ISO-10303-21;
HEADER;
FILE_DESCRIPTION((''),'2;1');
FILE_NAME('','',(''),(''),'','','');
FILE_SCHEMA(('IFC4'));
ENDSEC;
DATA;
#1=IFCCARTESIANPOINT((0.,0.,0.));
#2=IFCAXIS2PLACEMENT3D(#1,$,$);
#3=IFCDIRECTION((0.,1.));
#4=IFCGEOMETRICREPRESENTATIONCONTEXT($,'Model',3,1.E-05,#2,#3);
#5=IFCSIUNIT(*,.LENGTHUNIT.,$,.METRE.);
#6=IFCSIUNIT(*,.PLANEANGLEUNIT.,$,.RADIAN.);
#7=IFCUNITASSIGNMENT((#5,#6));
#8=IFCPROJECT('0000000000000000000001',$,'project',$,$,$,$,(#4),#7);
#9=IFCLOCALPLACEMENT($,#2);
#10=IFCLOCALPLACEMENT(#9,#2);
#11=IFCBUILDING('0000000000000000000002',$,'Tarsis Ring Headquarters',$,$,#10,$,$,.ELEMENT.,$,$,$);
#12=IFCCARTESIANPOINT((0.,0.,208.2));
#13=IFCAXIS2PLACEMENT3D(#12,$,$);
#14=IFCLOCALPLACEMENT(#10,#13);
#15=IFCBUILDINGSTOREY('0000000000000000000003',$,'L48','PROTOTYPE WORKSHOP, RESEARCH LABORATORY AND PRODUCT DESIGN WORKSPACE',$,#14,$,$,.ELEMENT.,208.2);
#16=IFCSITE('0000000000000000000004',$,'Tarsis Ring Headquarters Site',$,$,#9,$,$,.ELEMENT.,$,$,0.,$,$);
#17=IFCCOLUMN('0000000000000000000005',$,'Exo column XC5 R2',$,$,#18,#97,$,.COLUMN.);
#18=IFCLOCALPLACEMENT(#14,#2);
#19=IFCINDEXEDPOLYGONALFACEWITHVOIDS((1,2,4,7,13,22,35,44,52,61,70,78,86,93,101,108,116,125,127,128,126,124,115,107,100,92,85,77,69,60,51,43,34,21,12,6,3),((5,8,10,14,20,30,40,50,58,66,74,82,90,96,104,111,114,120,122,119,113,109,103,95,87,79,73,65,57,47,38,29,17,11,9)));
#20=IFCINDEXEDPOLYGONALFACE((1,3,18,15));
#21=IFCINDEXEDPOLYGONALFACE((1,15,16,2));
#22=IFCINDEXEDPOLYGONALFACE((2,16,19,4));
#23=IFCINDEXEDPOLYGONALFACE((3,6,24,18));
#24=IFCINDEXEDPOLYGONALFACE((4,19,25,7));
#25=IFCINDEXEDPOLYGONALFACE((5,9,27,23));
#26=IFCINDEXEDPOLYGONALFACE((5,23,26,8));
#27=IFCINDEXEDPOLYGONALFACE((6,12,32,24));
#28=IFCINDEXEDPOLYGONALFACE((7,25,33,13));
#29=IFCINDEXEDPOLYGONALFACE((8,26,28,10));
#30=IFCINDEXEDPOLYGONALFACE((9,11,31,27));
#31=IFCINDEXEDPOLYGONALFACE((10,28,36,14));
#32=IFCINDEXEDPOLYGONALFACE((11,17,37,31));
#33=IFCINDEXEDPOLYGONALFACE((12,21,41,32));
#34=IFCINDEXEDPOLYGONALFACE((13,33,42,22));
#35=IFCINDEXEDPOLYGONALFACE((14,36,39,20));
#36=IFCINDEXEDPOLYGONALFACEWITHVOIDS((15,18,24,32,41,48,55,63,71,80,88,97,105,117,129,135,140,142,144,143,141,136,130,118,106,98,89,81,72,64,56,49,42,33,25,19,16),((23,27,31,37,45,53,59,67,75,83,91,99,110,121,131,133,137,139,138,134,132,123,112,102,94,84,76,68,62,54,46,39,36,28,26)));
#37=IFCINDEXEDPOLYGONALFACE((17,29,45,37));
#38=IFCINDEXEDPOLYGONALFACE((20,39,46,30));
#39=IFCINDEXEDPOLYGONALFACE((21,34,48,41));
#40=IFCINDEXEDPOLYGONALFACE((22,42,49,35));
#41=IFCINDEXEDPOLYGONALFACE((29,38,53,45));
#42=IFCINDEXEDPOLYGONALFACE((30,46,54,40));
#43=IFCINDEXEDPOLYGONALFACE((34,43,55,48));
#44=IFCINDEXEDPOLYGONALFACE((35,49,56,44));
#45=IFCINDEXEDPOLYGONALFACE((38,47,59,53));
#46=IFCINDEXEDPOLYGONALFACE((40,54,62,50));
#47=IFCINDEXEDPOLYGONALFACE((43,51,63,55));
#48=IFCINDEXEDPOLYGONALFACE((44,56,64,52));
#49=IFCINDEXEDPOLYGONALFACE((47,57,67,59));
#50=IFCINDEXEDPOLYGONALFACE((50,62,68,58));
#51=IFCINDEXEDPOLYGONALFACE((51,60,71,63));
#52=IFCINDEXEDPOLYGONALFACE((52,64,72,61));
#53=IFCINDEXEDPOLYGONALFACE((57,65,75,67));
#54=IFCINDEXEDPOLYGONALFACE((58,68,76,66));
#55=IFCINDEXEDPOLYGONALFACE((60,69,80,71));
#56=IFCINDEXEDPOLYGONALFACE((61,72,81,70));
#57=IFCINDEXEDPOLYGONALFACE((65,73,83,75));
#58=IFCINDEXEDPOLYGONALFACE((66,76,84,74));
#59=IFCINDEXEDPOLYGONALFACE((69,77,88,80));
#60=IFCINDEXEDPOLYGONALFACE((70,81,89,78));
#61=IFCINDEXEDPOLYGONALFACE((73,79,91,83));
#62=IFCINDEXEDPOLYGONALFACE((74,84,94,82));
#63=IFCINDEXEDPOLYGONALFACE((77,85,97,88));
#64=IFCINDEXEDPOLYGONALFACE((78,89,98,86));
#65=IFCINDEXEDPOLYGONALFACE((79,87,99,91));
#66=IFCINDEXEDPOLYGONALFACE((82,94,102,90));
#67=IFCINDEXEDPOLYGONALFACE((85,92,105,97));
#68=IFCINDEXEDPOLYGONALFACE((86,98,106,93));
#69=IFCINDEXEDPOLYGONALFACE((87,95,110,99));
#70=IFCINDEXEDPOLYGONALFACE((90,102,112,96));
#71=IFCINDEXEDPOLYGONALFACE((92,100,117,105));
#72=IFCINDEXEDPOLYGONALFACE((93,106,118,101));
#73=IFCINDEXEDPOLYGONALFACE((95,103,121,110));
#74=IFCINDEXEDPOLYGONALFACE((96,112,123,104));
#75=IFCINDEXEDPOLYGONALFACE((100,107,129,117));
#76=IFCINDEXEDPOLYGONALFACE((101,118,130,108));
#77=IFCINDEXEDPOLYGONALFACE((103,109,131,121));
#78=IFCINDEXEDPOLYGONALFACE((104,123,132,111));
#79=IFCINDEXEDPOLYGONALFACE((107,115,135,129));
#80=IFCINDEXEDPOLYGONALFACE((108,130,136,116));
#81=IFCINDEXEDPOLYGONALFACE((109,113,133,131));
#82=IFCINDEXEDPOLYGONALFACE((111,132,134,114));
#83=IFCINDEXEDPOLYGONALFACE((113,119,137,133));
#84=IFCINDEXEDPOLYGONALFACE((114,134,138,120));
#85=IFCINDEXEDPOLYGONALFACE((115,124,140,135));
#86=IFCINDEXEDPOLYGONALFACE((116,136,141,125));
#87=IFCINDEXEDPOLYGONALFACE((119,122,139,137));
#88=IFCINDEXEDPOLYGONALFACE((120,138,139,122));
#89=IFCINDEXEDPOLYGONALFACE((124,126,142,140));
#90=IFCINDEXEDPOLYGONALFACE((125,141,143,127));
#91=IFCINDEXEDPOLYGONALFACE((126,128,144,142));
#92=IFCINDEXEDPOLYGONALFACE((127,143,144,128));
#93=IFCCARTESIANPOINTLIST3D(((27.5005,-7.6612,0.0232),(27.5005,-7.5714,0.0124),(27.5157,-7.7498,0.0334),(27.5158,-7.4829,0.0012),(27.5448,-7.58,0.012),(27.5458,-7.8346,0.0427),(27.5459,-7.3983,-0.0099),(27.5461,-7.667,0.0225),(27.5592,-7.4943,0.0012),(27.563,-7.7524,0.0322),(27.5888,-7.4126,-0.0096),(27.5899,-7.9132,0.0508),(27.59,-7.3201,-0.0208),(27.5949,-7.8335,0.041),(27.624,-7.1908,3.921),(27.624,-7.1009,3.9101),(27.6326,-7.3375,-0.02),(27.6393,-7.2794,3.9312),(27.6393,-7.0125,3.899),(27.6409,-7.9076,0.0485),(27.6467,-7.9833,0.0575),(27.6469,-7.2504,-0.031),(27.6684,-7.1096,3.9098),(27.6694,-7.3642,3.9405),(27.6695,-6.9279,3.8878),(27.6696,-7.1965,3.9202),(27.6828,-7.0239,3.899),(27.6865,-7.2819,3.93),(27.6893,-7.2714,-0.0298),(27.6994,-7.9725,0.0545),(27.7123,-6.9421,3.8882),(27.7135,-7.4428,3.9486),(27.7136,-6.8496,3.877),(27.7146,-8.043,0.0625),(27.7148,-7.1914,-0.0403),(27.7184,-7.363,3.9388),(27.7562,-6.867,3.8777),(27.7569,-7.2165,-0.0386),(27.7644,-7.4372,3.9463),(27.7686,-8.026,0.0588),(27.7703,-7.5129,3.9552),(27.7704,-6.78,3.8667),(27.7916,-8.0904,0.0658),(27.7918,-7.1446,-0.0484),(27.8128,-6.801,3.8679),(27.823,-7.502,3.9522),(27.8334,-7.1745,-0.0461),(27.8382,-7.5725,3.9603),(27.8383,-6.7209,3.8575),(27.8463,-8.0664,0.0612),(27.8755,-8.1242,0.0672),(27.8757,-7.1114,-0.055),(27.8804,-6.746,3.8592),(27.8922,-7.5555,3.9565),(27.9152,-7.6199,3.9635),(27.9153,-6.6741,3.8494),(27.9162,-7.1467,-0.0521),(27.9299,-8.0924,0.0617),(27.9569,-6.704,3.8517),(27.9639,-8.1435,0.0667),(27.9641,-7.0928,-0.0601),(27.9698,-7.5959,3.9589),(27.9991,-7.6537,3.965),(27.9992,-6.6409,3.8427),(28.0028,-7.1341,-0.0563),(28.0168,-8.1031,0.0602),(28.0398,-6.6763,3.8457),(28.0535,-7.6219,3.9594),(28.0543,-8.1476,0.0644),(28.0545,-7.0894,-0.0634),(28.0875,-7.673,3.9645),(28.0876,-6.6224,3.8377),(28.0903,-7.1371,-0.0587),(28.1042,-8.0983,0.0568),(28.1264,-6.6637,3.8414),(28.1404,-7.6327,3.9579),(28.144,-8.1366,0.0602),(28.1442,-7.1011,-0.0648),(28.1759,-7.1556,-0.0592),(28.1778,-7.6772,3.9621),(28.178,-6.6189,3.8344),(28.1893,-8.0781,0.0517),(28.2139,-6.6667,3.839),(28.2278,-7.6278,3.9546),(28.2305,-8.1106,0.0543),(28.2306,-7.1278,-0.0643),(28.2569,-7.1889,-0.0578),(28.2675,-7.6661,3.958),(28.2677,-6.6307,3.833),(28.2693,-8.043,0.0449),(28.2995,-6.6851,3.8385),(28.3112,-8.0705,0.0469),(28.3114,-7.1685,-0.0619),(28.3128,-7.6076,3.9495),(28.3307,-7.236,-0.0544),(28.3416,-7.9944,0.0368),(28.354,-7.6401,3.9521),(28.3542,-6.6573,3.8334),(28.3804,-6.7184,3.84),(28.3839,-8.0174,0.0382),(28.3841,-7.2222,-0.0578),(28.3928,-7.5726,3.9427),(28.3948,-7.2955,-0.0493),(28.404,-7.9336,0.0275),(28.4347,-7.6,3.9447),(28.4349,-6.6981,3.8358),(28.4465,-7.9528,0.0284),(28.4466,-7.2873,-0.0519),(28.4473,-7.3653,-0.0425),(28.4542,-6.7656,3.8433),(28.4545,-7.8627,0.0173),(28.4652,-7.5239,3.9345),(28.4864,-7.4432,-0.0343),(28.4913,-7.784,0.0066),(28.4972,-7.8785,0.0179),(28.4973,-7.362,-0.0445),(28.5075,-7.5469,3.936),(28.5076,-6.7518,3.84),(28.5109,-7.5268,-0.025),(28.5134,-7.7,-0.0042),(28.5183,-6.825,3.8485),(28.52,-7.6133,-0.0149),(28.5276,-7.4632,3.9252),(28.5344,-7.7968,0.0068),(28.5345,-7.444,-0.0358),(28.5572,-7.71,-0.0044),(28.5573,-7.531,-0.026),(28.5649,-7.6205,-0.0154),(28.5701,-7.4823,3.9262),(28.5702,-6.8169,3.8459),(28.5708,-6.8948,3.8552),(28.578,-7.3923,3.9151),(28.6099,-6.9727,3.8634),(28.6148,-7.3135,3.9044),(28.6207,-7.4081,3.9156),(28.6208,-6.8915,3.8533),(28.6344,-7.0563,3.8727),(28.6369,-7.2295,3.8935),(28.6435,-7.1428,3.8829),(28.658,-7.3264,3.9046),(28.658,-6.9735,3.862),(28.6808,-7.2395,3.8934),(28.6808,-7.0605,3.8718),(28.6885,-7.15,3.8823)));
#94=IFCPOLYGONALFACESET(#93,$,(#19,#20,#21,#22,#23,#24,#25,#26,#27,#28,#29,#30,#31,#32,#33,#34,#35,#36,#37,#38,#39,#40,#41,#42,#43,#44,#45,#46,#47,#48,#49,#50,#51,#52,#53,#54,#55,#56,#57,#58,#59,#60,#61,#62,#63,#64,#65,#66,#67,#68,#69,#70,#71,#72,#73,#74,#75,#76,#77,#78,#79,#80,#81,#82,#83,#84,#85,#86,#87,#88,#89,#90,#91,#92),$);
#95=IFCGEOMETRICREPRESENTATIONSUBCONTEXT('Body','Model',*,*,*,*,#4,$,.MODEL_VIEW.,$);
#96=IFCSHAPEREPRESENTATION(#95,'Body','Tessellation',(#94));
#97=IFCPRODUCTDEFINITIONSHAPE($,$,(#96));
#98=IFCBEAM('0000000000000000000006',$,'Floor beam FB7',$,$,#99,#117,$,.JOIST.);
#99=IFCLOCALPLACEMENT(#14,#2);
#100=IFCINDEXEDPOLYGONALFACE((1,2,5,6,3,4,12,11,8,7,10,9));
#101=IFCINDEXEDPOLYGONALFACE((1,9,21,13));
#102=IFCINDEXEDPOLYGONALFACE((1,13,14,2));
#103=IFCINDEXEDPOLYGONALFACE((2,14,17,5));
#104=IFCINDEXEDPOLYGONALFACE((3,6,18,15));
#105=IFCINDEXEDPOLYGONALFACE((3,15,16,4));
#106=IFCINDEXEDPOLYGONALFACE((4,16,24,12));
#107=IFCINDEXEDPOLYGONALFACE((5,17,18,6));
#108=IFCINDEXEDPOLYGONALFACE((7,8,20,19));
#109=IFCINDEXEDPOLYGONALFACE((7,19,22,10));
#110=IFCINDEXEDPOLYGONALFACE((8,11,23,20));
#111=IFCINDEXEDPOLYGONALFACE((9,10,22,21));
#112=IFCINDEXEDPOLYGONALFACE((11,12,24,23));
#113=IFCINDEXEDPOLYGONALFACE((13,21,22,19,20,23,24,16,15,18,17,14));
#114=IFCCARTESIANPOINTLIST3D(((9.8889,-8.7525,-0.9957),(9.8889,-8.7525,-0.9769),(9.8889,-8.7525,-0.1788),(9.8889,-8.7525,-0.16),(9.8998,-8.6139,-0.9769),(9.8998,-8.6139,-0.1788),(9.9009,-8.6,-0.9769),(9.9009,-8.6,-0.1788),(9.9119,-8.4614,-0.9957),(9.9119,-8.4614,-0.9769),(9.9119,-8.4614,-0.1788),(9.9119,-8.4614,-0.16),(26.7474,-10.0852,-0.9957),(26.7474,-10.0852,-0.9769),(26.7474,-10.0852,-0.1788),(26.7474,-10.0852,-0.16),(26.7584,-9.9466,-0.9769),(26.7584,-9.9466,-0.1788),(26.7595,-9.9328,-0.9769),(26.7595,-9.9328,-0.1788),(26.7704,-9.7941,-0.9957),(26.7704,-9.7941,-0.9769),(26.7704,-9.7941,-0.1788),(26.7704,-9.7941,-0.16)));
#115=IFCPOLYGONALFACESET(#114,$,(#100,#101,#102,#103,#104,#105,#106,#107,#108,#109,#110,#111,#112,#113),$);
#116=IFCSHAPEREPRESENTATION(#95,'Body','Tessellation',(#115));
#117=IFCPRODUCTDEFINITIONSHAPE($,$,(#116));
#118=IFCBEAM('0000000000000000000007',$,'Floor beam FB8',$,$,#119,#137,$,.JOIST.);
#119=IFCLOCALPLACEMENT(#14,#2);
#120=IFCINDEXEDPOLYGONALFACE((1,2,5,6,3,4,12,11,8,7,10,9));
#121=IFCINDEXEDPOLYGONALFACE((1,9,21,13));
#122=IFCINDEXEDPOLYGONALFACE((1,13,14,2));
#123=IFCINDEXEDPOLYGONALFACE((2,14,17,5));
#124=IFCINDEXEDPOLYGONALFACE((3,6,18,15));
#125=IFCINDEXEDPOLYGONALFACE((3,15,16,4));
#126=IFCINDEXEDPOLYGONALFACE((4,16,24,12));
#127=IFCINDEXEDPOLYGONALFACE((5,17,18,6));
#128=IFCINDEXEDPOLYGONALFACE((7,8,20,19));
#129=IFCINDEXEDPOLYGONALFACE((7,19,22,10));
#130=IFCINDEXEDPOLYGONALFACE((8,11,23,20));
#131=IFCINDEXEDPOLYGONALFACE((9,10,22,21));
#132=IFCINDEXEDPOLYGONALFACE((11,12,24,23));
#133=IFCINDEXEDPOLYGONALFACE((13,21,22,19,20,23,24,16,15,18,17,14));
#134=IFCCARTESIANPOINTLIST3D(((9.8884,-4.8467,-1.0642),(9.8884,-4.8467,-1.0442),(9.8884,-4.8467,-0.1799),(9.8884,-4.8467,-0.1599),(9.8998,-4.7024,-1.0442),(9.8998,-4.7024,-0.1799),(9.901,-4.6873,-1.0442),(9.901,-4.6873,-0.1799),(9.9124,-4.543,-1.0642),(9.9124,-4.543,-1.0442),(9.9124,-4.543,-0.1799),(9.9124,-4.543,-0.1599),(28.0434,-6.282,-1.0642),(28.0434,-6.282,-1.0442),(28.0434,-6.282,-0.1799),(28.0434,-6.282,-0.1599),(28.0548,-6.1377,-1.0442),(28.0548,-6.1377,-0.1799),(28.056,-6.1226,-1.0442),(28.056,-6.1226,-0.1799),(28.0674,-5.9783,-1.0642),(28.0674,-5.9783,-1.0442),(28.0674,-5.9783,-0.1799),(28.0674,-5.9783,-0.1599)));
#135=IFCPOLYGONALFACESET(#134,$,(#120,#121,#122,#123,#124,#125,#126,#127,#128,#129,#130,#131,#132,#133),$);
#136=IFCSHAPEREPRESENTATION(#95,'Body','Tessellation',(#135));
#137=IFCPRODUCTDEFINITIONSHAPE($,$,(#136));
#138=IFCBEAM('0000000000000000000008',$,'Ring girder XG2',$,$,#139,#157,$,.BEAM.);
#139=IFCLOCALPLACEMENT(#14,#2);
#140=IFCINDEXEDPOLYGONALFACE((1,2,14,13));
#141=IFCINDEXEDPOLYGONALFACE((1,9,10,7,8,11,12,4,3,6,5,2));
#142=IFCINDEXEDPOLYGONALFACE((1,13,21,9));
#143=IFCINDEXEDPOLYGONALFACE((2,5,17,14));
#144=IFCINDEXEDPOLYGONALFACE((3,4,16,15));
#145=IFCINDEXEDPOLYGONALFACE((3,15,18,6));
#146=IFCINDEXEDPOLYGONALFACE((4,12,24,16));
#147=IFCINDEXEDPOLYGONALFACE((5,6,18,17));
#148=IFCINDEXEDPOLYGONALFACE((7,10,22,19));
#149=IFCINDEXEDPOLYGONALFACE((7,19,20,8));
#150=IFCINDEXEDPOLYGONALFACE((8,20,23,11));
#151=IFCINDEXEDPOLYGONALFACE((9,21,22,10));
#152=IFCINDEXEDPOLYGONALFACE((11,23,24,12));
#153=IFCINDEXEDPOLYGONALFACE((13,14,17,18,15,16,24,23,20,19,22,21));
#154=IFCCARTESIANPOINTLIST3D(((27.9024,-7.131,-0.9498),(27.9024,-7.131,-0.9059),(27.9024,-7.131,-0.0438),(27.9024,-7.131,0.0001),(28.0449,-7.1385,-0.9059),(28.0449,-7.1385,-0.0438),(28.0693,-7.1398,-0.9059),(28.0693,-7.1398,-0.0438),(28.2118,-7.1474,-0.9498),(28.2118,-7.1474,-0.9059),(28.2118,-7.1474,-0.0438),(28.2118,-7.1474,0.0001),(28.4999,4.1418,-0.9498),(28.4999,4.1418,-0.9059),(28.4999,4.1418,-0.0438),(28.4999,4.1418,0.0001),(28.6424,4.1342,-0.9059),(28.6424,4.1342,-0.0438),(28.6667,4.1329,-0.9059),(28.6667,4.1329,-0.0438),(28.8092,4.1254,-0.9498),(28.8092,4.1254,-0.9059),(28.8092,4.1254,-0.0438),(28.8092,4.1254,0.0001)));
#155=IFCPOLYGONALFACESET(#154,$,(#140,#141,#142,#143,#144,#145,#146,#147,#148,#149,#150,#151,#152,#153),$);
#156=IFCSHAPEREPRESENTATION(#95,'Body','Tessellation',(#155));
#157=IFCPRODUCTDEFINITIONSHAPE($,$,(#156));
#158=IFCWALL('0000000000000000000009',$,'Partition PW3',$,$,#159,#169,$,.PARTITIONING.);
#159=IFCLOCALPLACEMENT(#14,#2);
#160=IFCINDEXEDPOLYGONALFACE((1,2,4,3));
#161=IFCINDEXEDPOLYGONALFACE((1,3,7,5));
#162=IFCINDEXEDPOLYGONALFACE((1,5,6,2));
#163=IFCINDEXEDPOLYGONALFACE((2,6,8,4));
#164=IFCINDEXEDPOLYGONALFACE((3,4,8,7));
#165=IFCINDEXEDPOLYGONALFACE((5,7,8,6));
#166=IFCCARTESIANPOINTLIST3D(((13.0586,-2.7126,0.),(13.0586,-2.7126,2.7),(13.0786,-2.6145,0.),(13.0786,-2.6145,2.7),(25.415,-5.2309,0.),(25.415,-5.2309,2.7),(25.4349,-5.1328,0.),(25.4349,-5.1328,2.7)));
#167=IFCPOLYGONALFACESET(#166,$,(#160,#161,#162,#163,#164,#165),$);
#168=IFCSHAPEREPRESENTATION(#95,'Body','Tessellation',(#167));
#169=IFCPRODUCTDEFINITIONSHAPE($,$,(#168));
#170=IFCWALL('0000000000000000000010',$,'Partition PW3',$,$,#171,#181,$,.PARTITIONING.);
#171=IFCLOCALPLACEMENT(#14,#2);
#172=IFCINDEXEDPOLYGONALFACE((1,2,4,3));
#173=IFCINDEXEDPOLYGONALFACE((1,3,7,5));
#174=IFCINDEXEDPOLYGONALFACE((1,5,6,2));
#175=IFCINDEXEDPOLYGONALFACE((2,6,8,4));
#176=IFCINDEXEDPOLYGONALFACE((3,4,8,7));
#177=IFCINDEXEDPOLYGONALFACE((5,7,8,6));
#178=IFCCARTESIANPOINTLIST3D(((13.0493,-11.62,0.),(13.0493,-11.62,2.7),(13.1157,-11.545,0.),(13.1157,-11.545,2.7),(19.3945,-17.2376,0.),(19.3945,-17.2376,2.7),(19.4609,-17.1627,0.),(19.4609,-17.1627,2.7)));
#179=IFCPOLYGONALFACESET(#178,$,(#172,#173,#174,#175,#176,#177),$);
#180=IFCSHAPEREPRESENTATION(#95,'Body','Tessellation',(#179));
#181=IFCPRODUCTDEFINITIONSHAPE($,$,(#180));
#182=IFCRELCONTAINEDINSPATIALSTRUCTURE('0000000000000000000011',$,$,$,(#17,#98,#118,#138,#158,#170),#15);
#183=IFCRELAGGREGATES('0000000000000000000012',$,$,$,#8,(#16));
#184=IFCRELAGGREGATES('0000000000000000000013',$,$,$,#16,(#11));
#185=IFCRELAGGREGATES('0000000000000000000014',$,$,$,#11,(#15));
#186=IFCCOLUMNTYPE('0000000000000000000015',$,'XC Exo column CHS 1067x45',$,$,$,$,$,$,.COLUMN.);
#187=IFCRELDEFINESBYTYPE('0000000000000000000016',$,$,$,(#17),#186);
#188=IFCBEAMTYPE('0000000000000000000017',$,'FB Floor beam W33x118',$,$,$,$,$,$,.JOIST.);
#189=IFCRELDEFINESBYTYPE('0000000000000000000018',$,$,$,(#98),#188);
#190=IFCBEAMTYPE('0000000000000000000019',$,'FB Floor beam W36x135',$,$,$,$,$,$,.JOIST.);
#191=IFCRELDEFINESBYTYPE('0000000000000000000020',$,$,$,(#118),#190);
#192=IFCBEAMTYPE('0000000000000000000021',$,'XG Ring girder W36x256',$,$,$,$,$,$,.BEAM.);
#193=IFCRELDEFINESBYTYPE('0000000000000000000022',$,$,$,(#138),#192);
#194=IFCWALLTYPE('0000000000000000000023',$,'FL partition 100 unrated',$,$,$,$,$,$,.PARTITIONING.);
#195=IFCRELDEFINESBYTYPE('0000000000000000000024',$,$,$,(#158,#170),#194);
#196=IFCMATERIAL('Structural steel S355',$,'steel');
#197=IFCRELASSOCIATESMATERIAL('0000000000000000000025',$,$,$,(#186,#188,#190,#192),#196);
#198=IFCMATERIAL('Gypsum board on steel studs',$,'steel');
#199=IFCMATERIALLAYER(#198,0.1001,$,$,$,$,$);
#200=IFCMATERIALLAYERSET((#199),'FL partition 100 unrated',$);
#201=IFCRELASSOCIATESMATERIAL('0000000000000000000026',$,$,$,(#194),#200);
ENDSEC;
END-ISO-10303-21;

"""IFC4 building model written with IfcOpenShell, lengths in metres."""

from ifc_helpers import new_model, si_unit, direction, frame, frame_2d, origin, origin_2d, place, context, subcontext, project, spatial, rectangle, hollow_circle, i_section, extrude, material, layer, layer_set, material_profile, profile_set, type_object, element, save


model = new_model("IFC4")

# Units and contexts
model_context = context("Model", 3, precision=1e-05, world=origin(), true_north=direction((0.0, 1.0)))
body_context = subcontext(model_context, "Body", "Model", "MODEL_VIEW")
ifc_project = project(units=[si_unit("LENGTHUNIT", "METRE"), si_unit("PLANEANGLEUNIT", "RADIAN")], contexts=[model_context])

# Site, building, storey
site_placement = place(None, origin())
site = spatial("IfcSite", under=ifc_project, at=site_placement, Name="Tarsis Ring Headquarters Site", CompositionType="ELEMENT", RefElevation=0.0)
building_placement = place(site_placement, origin())
building = spatial("IfcBuilding", under=site, at=building_placement, Name="Tarsis Ring Headquarters", CompositionType="ELEMENT")
storey_placement = place(building_placement, frame((0.0, 0.0, 208.2)))
storey = spatial("IfcBuildingStorey", under=building, at=storey_placement, Name="L48", Description="PROTOTYPE WORKSHOP, RESEARCH LABORATORY AND PRODUCT DESIGN WORKSPACE", CompositionType="ELEMENT", Elevation=208.2)

# Column
ifc_material_1 = material(Name="Structural steel S355", Category="steel")
ifc_material_profile_1 = material_profile(ifc_material_1, hollow_circle(Radius=0.5334, WallThickness=0.0449, at=origin_2d()), Name="CHS 1067x45")
ifc_profile_set_1 = profile_set([ifc_material_profile_1], Name="Structural steel S355")
column_type = type_object("IfcColumnType", Name="XC Exo column CHS 1067x45", PredefinedType="COLUMN", material=ifc_profile_set_1)
column_placement = place(storey_placement, frame((28.0317, -7.6184, 0.0012), z_axis=(0.03145, 0.119773, 0.992303), x_axis=(-0.967211, 0.253974, 0.0)))
element("IfcColumn", 1, at=column_placement, inside=storey, type_object=column_type, Name="Exo column XC5 R2", PredefinedType="COLUMN", context=body_context, shape_type="SweptSolid", body=[
    extrude(hollow_circle(Radius=0.5334, WallThickness=0.0449, at=origin_2d()), origin(), (0.0, 0.0, 1.0), 3.928),
])

# Beams
ifc_material_profile_2 = material_profile(ifc_material_1, i_section(OverallWidth=0.292, OverallDepth=0.8357, WebThickness=0.0139, FlangeThickness=0.0188, at=origin_2d()), Name="W33x118")
ifc_profile_set_2 = profile_set([ifc_material_profile_2], Name="Structural steel S355")
beam_type_1 = type_object("IfcBeamType", Name="FB Floor beam W33x118", PredefinedType="JOIST", material=ifc_profile_set_2)
beam_1_placement = place(storey_placement, frame((9.9004, -8.6069, -0.5779), z_axis=(0.99689, -0.078809, 0.0), x_axis=(0.078809, 0.99689, 0.0)))
element("IfcBeam", 2, at=beam_1_placement, inside=storey, type_object=beam_type_1, Name="Floor beam FB7", PredefinedType="JOIST", context=body_context, shape_type="SweptSolid", body=[
    extrude(i_section(OverallWidth=0.292, OverallDepth=0.8357, WebThickness=0.0139, FlangeThickness=0.0188, at=origin_2d()), origin(), (0.0, 0.0, 1.0), 16.9111),
])
ifc_material_profile_3 = material_profile(ifc_material_1, i_section(OverallWidth=0.3047, OverallDepth=0.9043, WebThickness=0.0151, FlangeThickness=0.02, at=origin_2d()), Name="W36x135")
ifc_profile_set_3 = profile_set([ifc_material_profile_3], Name="Structural steel S355")
beam_type_2 = type_object("IfcBeamType", Name="FB Floor beam W36x135", PredefinedType="JOIST", material=ifc_profile_set_3)
beam_2_placement = place(storey_placement, frame((9.9004, -4.6948, -0.6121), z_axis=(0.996889, -0.078812, 0.0), x_axis=(0.078812, 0.996889, 0.0)))
element("IfcBeam", 3, at=beam_2_placement, inside=storey, type_object=beam_type_2, Name="Floor beam FB8", PredefinedType="JOIST", context=body_context, shape_type="SweptSolid", body=[
    extrude(i_section(OverallWidth=0.3047, OverallDepth=0.9043, WebThickness=0.0151, FlangeThickness=0.02, at=origin_2d()), origin(), (0.0, 0.0, 1.0), 18.2117),
])
ifc_material_profile_4 = material_profile(ifc_material_1, i_section(OverallWidth=0.3098, OverallDepth=0.95, WebThickness=0.0244, FlangeThickness=0.0439, at=origin_2d()), Name="W36x256")
ifc_profile_set_4 = profile_set([ifc_material_profile_4], Name="Structural steel S355")
beam_type_3 = type_object("IfcBeamType", Name="XG Ring girder W36x256", PredefinedType="BEAM", material=ifc_profile_set_4)
beam_3_placement = place(storey_placement, frame((28.0571, -7.1392, -0.4749), z_axis=(0.052922, 0.998599, 0.0), x_axis=(-0.998599, 0.052922, 0.0)))
element("IfcBeam", 4, at=beam_3_placement, inside=storey, type_object=beam_type_3, Name="Ring girder XG2", PredefinedType="BEAM", context=body_context, shape_type="SweptSolid", body=[
    extrude(i_section(OverallWidth=0.3098, OverallDepth=0.95, WebThickness=0.0244, FlangeThickness=0.0439, at=origin_2d()), origin(), (0.0, 0.0, 1.0), 11.2886),
])

# Walls
ifc_material_2 = material(Name="Gypsum board on steel studs", Category="steel")
ifc_layer_1 = layer(ifc_material_2, 0.1001)
ifc_layer_set_1 = layer_set([ifc_layer_1], Name="FL partition 100 unrated")
wall_type_1 = type_object("IfcWallType", Name="FL partition 100 unrated", PredefinedType="PARTITIONING", material=ifc_layer_set_1)
wall_1_placement = place(storey_placement, frame((13.0686, -2.6636, 0.0), z_axis=(0.0, 0.0, 1.0), x_axis=(0.979857, -0.1997, 0.0)))
element("IfcWall", 5, at=wall_1_placement, inside=storey, type_object=wall_type_1, Name="Partition PW3", PredefinedType="PARTITIONING", context=body_context, shape_type="SweptSolid", body=[
    extrude(rectangle(XDim=12.6104, YDim=0.1001, at=frame_2d((6.3052, 0.0))), origin(), (0.0, 0.0, 1.0), 2.7),
])
wall_2_placement = place(storey_placement, frame((13.0825, -11.5825, 0.0), z_axis=(0.0, 0.0, 1.0), x_axis=(0.748727, -0.662878, 0.0)))
element("IfcWall", 6, at=wall_2_placement, inside=storey, type_object=wall_type_1, Name="Partition PW3", PredefinedType="PARTITIONING", context=body_context, shape_type="SweptSolid", body=[
    extrude(rectangle(XDim=8.4746, YDim=0.1001, at=frame_2d((4.2373, 0.0))), origin(), (0.0, 0.0, 1.0), 2.7),
])

save(model, "model.ifc")
